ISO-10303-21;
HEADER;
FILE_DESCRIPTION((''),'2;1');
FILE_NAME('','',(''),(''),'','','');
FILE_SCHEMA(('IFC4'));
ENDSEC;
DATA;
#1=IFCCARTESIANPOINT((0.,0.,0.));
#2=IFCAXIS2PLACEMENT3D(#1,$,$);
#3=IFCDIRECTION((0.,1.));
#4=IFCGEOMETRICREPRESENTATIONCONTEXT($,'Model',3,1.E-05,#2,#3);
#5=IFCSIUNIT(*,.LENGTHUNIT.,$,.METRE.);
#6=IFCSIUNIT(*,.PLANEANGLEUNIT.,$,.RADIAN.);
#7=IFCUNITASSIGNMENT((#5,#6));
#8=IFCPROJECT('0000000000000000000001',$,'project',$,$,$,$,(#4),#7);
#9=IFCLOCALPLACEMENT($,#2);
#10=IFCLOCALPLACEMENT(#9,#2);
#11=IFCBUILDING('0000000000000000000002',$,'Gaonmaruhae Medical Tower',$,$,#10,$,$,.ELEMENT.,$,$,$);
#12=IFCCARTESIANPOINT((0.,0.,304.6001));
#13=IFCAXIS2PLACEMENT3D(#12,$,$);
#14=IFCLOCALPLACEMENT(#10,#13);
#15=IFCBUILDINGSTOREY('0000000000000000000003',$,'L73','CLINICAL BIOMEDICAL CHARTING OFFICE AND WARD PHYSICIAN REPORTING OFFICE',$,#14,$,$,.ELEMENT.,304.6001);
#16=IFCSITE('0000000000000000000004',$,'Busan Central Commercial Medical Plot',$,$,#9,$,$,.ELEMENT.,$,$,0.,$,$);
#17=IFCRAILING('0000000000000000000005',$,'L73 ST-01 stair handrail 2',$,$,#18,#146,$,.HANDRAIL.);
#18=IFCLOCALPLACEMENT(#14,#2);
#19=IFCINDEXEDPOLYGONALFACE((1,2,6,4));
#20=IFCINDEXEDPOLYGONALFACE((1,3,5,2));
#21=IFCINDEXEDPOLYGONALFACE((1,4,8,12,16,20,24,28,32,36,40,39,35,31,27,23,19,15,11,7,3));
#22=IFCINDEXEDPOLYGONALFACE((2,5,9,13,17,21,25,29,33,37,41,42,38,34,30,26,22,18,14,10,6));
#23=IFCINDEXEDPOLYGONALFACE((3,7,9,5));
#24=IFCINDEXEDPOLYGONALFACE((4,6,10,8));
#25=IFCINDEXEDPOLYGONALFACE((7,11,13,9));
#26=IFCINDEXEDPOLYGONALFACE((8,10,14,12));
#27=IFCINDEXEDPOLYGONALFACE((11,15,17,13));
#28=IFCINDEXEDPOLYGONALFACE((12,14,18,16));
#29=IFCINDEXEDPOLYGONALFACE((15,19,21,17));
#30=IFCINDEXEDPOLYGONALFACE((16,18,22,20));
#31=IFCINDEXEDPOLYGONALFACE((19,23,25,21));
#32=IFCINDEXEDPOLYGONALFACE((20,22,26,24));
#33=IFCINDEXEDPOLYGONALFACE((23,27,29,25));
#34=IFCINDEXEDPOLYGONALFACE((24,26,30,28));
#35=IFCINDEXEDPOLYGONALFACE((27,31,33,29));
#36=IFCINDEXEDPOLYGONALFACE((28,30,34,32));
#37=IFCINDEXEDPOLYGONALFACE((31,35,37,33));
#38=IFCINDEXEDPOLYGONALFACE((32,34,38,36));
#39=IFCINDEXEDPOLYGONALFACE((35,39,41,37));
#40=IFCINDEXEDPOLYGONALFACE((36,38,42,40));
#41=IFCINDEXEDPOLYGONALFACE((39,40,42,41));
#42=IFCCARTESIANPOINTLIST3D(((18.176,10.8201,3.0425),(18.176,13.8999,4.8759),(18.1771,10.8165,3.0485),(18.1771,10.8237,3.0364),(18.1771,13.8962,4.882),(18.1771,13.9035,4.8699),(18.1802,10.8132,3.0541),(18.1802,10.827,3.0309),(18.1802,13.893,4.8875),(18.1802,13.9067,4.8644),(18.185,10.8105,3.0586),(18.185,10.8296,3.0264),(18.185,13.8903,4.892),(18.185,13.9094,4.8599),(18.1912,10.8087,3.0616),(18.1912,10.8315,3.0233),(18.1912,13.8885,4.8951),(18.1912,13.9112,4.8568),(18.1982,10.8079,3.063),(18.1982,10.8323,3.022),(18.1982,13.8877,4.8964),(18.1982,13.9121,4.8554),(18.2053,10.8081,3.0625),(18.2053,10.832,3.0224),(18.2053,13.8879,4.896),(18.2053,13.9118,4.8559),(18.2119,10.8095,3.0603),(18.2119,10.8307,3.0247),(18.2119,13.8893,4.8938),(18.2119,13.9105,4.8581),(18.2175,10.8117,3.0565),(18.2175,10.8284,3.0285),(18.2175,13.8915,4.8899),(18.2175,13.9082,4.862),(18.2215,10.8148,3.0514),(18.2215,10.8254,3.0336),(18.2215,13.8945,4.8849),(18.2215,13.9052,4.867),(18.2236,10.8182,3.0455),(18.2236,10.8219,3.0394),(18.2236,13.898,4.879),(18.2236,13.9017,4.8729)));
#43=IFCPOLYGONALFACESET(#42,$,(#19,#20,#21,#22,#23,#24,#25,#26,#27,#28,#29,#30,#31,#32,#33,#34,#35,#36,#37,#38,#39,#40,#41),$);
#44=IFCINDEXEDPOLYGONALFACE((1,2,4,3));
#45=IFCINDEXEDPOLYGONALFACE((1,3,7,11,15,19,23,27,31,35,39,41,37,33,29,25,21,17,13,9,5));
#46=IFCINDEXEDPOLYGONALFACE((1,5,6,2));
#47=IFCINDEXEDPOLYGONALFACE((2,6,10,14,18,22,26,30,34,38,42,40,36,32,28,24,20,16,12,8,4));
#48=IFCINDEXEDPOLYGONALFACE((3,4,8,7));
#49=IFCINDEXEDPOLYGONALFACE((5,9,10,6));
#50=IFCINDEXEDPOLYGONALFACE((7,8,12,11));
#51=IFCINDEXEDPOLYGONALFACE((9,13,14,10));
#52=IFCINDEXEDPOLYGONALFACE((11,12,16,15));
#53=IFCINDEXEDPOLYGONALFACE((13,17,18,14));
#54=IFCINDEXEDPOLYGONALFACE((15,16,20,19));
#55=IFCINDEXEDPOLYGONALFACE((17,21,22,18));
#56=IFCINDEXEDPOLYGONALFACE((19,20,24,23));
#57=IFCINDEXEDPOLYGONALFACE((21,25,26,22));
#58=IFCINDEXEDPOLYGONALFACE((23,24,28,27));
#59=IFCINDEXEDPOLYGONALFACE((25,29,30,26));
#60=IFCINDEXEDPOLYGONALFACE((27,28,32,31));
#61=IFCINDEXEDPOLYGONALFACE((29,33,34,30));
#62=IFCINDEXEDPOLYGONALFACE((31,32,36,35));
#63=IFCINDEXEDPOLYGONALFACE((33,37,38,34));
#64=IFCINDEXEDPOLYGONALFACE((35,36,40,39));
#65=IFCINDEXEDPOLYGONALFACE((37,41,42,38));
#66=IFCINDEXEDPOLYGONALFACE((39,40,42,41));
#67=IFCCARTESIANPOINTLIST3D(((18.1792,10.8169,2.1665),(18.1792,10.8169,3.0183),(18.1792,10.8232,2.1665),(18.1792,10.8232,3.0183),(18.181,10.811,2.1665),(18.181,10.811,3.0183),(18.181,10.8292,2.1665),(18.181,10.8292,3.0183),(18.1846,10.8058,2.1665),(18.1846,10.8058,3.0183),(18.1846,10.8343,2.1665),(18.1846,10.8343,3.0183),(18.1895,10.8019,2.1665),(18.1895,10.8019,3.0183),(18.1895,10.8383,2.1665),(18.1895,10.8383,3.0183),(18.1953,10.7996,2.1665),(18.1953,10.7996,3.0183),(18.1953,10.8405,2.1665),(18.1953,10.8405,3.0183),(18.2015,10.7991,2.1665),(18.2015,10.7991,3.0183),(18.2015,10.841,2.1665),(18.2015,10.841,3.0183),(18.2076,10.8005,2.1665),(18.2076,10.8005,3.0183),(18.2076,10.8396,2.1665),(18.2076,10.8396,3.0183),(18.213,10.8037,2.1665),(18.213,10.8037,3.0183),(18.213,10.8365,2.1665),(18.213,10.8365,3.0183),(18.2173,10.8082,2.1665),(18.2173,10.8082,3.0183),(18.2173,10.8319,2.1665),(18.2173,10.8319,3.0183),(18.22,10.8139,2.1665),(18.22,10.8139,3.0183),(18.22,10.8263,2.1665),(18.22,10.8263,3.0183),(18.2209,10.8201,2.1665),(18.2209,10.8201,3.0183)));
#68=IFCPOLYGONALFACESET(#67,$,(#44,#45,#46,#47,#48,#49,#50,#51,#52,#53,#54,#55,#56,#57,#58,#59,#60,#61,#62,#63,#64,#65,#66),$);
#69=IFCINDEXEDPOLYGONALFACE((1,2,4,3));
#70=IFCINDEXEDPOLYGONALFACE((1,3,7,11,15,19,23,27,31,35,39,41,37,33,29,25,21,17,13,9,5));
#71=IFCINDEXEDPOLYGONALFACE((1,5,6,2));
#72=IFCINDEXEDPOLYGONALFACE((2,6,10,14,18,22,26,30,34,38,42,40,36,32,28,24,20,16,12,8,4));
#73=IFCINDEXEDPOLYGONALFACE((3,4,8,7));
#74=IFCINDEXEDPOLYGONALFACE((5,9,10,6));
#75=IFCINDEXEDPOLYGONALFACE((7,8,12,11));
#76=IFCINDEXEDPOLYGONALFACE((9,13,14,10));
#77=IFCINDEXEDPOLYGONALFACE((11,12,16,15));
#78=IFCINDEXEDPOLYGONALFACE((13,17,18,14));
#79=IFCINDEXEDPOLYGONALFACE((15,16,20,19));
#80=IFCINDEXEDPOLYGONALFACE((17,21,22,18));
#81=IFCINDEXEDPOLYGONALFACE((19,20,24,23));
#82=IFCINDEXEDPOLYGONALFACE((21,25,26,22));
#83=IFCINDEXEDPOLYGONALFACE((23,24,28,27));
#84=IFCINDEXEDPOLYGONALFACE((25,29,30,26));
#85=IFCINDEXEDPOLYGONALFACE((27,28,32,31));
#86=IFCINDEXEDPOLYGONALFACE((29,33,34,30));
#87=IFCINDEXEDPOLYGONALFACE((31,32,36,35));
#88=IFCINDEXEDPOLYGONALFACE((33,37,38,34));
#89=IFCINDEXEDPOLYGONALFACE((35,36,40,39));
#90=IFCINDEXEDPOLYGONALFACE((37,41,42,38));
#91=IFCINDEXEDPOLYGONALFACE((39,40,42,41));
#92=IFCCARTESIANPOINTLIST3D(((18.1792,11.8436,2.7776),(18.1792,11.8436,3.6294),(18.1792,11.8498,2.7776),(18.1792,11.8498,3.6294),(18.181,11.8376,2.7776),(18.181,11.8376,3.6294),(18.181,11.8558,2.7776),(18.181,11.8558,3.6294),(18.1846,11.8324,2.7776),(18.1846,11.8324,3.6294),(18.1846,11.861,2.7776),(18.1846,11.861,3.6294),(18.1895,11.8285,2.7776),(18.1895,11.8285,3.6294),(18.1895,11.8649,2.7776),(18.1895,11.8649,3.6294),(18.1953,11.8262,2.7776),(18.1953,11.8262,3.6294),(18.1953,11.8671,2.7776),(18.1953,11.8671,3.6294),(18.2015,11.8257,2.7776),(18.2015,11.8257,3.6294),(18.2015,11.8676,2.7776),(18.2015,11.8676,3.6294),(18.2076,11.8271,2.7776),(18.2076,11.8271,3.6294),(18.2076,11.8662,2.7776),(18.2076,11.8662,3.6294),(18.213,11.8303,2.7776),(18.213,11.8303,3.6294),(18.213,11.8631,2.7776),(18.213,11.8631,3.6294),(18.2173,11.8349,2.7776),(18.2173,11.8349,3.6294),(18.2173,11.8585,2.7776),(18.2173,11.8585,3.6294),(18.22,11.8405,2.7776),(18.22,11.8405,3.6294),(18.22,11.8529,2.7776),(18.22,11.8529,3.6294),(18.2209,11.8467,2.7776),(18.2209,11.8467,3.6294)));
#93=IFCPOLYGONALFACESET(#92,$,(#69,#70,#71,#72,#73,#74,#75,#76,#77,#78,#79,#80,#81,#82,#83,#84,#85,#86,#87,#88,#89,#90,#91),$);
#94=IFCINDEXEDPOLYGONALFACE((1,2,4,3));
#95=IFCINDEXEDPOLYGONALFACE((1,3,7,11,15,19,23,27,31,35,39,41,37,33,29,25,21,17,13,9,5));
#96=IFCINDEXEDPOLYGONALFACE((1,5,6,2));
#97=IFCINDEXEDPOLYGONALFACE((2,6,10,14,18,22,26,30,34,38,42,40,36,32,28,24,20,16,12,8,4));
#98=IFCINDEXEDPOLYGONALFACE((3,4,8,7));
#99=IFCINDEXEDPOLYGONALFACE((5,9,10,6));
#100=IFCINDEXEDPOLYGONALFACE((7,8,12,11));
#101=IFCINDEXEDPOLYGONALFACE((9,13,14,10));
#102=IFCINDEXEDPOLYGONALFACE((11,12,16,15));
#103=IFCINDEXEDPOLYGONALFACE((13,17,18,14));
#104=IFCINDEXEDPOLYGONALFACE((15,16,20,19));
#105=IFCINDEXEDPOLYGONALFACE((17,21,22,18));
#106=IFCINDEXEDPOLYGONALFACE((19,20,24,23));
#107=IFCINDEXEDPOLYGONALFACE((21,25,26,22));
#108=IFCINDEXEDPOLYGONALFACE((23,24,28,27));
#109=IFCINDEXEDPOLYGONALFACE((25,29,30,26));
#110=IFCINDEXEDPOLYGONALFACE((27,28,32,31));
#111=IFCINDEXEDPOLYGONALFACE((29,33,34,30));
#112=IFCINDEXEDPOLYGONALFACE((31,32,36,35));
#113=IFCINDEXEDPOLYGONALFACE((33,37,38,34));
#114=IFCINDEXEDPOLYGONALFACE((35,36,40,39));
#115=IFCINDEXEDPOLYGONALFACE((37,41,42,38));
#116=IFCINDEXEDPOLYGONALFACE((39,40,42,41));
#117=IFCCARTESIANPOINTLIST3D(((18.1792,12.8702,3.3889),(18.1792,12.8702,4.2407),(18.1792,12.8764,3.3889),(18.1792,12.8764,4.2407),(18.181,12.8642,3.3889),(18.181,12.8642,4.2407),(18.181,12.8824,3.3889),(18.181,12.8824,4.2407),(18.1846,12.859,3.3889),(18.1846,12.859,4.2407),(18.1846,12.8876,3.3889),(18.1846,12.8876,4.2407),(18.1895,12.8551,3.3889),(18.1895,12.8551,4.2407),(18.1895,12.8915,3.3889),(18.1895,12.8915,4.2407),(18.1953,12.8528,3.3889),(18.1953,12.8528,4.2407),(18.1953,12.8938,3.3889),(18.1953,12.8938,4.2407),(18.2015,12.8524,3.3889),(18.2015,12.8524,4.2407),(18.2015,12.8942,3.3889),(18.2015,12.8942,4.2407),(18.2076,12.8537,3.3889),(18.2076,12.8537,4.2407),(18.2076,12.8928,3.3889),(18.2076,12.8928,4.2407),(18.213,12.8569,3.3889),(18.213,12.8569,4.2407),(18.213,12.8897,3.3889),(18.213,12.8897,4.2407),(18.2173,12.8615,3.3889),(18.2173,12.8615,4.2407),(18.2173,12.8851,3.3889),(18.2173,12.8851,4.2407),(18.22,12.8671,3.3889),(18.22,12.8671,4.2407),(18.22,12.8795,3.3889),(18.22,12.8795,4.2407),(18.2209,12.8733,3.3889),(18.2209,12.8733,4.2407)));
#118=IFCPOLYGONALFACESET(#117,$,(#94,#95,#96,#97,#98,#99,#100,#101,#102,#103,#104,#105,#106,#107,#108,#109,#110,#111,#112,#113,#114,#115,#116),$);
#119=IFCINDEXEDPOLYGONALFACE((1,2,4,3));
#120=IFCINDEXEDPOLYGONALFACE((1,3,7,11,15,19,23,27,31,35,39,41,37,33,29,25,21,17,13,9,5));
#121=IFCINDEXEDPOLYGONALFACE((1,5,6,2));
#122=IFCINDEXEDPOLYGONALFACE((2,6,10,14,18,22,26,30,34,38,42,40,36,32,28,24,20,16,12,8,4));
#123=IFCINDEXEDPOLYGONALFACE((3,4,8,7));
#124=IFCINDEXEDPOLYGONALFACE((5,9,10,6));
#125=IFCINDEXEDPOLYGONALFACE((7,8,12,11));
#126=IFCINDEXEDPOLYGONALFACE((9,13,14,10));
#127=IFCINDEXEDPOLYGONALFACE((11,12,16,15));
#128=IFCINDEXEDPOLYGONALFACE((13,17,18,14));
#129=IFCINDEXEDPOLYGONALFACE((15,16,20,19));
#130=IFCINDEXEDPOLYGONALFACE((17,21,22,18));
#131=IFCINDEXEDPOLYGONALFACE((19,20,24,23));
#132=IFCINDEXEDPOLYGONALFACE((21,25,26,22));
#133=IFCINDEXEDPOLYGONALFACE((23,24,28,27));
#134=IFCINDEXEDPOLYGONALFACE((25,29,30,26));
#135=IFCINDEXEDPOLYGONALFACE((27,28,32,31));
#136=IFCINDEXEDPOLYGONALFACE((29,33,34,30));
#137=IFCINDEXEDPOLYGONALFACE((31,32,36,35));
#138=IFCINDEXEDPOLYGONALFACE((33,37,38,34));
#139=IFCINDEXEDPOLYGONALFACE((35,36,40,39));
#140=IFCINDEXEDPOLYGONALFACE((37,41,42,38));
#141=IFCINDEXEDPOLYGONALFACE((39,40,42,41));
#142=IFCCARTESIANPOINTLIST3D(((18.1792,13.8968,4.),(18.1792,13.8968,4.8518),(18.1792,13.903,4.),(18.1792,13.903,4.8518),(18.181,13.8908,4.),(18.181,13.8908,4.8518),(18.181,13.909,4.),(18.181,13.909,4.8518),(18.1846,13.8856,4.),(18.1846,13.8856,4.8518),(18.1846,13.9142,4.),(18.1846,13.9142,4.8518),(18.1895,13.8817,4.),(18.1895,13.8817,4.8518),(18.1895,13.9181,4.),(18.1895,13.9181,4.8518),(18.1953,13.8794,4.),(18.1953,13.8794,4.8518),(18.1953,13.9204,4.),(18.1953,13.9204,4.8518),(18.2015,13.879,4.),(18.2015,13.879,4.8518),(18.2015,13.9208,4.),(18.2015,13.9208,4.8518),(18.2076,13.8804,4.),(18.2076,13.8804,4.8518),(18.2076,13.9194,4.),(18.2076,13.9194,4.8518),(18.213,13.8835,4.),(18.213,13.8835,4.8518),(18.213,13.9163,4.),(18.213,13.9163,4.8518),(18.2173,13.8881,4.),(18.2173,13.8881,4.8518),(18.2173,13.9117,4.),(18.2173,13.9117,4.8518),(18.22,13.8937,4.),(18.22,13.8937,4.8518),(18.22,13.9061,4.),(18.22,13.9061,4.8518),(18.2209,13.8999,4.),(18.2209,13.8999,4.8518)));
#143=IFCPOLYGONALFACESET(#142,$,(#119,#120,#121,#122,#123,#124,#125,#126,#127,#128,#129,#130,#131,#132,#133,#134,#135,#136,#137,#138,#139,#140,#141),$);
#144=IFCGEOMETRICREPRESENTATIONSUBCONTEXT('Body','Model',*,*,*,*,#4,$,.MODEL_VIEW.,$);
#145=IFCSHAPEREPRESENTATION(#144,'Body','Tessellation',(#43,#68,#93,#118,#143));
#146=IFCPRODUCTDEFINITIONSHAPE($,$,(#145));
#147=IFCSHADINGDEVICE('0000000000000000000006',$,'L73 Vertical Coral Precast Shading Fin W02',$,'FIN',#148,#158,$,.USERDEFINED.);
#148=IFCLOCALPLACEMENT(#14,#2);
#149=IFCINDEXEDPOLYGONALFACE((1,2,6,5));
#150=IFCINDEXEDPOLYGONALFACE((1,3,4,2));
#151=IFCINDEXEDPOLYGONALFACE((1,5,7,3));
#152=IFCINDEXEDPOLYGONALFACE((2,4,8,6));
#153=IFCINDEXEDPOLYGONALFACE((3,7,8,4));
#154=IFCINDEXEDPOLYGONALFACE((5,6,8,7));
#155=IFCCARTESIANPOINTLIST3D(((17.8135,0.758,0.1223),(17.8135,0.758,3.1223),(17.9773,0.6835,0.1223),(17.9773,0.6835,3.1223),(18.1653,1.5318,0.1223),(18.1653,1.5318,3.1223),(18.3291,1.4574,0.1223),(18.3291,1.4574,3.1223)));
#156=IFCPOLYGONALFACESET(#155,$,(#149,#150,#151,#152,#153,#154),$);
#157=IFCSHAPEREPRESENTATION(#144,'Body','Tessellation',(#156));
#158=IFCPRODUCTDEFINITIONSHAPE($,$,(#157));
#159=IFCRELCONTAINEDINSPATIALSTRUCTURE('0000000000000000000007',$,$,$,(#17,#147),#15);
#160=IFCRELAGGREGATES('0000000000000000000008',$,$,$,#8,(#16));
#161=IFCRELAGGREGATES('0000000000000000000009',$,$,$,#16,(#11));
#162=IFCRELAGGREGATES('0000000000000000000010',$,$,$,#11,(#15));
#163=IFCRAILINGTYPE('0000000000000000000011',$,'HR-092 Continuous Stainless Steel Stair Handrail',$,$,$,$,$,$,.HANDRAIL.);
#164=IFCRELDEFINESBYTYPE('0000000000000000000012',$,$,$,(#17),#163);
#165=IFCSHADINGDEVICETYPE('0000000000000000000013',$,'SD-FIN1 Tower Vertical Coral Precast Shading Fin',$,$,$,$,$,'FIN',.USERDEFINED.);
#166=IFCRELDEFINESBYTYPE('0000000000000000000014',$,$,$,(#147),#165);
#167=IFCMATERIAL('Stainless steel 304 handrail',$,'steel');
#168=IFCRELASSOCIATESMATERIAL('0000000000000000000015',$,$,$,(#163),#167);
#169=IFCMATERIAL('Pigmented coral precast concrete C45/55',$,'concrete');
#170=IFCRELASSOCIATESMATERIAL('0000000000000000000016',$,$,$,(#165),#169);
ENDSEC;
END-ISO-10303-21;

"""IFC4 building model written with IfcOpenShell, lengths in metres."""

from ifc_helpers import new_model, si_unit, direction, frame, origin, origin_2d, place, context, subcontext, project, spatial, rectangle, circle, extrude, material, type_object, element, save


model = new_model("IFC4")

# Units and contexts
model_context = context("Model", 3, precision=1e-05, world=origin(), true_north=direction((0.0, 1.0)))
body_context = subcontext(model_context, "Body", "Model", "MODEL_VIEW")
ifc_project = project(units=[si_unit("LENGTHUNIT", "METRE"), si_unit("PLANEANGLEUNIT", "RADIAN")], contexts=[model_context])

# Site, building, storey
site_placement = place(None, origin())
site = spatial("IfcSite", under=ifc_project, at=site_placement, Name="Busan Central Commercial Medical Plot", CompositionType="ELEMENT", RefElevation=0.0)
building_placement = place(site_placement, origin())
building = spatial("IfcBuilding", under=site, at=building_placement, Name="Gaonmaruhae Medical Tower", CompositionType="ELEMENT")
storey_placement = place(building_placement, frame((0.0, 0.0, 304.6001)))
storey = spatial("IfcBuildingStorey", under=building, at=storey_placement, Name="L73", Description="CLINICAL BIOMEDICAL CHARTING OFFICE AND WARD PHYSICIAN REPORTING OFFICE", CompositionType="ELEMENT", Elevation=304.6001)

# Railing
ifc_material_1 = material(Name="Stainless steel 304 handrail", Category="steel")
railing_type_1 = type_object("IfcRailingType", Name="HR-092 Continuous Stainless Steel Stair Handrail", PredefinedType="HANDRAIL", material=ifc_material_1)
railing_1_placement = place(storey_placement, frame((18.2, 10.8201, 2.1665)))
element("IfcRailing", 1, at=railing_1_placement, inside=storey, type_object=railing_type_1, Name="L73 ST-01 stair handrail 2", PredefinedType="HANDRAIL", context=body_context, shape_type="SweptSolid", body=[
    extrude(circle(Radius=0.0239, at=origin_2d()), frame((0.0, 0.0, 0.876), z_axis=(0.0, 0.859261, 0.511538), x_axis=(-1.0, 0.0, 0.0)), (0.0, 0.0, 1.0), 3.5842),
    extrude(circle(Radius=0.021, at=origin_2d()), origin(), (0.0, 0.0, 1.0), 0.8518),
    extrude(circle(Radius=0.021, at=origin_2d()), frame((0.0, 1.0266, 0.6111)), (0.0, 0.0, 1.0), 0.8518),
    extrude(circle(Radius=0.021, at=origin_2d()), frame((0.0, 2.0532, 1.2224)), (0.0, 0.0, 1.0), 0.8518),
    extrude(circle(Radius=0.021, at=origin_2d()), frame((0.0, 3.0798, 1.8335)), (0.0, 0.0, 1.0), 0.8518),
])

# Shading device
ifc_material_2 = material(Name="Pigmented coral precast concrete C45/55", Category="concrete")
shading_device_type = type_object("IfcShadingDeviceType", Name="SD-FIN1 Tower Vertical Coral Precast Shading Fin", ElementType="FIN", PredefinedType="USERDEFINED", material=ifc_material_2)
shading_device_placement = place(storey_placement, frame((18.0713, 1.1077, 0.1223), z_axis=(0.0, 0.0, 1.0), x_axis=(-0.91033, 0.413883, 0.0)))
element("IfcShadingDevice", 2, at=shading_device_placement, inside=storey, type_object=shading_device_type, Name="L73 Vertical Coral Precast Shading Fin W02", ObjectType="FIN", PredefinedType="USERDEFINED", context=body_context, shape_type="SweptSolid", body=[
    extrude(rectangle(XDim=0.1799, YDim=0.8501, at=origin_2d()), origin(), (0.0, 0.0, 1.0), 3.0),
])

save(model, "model.ifc")
